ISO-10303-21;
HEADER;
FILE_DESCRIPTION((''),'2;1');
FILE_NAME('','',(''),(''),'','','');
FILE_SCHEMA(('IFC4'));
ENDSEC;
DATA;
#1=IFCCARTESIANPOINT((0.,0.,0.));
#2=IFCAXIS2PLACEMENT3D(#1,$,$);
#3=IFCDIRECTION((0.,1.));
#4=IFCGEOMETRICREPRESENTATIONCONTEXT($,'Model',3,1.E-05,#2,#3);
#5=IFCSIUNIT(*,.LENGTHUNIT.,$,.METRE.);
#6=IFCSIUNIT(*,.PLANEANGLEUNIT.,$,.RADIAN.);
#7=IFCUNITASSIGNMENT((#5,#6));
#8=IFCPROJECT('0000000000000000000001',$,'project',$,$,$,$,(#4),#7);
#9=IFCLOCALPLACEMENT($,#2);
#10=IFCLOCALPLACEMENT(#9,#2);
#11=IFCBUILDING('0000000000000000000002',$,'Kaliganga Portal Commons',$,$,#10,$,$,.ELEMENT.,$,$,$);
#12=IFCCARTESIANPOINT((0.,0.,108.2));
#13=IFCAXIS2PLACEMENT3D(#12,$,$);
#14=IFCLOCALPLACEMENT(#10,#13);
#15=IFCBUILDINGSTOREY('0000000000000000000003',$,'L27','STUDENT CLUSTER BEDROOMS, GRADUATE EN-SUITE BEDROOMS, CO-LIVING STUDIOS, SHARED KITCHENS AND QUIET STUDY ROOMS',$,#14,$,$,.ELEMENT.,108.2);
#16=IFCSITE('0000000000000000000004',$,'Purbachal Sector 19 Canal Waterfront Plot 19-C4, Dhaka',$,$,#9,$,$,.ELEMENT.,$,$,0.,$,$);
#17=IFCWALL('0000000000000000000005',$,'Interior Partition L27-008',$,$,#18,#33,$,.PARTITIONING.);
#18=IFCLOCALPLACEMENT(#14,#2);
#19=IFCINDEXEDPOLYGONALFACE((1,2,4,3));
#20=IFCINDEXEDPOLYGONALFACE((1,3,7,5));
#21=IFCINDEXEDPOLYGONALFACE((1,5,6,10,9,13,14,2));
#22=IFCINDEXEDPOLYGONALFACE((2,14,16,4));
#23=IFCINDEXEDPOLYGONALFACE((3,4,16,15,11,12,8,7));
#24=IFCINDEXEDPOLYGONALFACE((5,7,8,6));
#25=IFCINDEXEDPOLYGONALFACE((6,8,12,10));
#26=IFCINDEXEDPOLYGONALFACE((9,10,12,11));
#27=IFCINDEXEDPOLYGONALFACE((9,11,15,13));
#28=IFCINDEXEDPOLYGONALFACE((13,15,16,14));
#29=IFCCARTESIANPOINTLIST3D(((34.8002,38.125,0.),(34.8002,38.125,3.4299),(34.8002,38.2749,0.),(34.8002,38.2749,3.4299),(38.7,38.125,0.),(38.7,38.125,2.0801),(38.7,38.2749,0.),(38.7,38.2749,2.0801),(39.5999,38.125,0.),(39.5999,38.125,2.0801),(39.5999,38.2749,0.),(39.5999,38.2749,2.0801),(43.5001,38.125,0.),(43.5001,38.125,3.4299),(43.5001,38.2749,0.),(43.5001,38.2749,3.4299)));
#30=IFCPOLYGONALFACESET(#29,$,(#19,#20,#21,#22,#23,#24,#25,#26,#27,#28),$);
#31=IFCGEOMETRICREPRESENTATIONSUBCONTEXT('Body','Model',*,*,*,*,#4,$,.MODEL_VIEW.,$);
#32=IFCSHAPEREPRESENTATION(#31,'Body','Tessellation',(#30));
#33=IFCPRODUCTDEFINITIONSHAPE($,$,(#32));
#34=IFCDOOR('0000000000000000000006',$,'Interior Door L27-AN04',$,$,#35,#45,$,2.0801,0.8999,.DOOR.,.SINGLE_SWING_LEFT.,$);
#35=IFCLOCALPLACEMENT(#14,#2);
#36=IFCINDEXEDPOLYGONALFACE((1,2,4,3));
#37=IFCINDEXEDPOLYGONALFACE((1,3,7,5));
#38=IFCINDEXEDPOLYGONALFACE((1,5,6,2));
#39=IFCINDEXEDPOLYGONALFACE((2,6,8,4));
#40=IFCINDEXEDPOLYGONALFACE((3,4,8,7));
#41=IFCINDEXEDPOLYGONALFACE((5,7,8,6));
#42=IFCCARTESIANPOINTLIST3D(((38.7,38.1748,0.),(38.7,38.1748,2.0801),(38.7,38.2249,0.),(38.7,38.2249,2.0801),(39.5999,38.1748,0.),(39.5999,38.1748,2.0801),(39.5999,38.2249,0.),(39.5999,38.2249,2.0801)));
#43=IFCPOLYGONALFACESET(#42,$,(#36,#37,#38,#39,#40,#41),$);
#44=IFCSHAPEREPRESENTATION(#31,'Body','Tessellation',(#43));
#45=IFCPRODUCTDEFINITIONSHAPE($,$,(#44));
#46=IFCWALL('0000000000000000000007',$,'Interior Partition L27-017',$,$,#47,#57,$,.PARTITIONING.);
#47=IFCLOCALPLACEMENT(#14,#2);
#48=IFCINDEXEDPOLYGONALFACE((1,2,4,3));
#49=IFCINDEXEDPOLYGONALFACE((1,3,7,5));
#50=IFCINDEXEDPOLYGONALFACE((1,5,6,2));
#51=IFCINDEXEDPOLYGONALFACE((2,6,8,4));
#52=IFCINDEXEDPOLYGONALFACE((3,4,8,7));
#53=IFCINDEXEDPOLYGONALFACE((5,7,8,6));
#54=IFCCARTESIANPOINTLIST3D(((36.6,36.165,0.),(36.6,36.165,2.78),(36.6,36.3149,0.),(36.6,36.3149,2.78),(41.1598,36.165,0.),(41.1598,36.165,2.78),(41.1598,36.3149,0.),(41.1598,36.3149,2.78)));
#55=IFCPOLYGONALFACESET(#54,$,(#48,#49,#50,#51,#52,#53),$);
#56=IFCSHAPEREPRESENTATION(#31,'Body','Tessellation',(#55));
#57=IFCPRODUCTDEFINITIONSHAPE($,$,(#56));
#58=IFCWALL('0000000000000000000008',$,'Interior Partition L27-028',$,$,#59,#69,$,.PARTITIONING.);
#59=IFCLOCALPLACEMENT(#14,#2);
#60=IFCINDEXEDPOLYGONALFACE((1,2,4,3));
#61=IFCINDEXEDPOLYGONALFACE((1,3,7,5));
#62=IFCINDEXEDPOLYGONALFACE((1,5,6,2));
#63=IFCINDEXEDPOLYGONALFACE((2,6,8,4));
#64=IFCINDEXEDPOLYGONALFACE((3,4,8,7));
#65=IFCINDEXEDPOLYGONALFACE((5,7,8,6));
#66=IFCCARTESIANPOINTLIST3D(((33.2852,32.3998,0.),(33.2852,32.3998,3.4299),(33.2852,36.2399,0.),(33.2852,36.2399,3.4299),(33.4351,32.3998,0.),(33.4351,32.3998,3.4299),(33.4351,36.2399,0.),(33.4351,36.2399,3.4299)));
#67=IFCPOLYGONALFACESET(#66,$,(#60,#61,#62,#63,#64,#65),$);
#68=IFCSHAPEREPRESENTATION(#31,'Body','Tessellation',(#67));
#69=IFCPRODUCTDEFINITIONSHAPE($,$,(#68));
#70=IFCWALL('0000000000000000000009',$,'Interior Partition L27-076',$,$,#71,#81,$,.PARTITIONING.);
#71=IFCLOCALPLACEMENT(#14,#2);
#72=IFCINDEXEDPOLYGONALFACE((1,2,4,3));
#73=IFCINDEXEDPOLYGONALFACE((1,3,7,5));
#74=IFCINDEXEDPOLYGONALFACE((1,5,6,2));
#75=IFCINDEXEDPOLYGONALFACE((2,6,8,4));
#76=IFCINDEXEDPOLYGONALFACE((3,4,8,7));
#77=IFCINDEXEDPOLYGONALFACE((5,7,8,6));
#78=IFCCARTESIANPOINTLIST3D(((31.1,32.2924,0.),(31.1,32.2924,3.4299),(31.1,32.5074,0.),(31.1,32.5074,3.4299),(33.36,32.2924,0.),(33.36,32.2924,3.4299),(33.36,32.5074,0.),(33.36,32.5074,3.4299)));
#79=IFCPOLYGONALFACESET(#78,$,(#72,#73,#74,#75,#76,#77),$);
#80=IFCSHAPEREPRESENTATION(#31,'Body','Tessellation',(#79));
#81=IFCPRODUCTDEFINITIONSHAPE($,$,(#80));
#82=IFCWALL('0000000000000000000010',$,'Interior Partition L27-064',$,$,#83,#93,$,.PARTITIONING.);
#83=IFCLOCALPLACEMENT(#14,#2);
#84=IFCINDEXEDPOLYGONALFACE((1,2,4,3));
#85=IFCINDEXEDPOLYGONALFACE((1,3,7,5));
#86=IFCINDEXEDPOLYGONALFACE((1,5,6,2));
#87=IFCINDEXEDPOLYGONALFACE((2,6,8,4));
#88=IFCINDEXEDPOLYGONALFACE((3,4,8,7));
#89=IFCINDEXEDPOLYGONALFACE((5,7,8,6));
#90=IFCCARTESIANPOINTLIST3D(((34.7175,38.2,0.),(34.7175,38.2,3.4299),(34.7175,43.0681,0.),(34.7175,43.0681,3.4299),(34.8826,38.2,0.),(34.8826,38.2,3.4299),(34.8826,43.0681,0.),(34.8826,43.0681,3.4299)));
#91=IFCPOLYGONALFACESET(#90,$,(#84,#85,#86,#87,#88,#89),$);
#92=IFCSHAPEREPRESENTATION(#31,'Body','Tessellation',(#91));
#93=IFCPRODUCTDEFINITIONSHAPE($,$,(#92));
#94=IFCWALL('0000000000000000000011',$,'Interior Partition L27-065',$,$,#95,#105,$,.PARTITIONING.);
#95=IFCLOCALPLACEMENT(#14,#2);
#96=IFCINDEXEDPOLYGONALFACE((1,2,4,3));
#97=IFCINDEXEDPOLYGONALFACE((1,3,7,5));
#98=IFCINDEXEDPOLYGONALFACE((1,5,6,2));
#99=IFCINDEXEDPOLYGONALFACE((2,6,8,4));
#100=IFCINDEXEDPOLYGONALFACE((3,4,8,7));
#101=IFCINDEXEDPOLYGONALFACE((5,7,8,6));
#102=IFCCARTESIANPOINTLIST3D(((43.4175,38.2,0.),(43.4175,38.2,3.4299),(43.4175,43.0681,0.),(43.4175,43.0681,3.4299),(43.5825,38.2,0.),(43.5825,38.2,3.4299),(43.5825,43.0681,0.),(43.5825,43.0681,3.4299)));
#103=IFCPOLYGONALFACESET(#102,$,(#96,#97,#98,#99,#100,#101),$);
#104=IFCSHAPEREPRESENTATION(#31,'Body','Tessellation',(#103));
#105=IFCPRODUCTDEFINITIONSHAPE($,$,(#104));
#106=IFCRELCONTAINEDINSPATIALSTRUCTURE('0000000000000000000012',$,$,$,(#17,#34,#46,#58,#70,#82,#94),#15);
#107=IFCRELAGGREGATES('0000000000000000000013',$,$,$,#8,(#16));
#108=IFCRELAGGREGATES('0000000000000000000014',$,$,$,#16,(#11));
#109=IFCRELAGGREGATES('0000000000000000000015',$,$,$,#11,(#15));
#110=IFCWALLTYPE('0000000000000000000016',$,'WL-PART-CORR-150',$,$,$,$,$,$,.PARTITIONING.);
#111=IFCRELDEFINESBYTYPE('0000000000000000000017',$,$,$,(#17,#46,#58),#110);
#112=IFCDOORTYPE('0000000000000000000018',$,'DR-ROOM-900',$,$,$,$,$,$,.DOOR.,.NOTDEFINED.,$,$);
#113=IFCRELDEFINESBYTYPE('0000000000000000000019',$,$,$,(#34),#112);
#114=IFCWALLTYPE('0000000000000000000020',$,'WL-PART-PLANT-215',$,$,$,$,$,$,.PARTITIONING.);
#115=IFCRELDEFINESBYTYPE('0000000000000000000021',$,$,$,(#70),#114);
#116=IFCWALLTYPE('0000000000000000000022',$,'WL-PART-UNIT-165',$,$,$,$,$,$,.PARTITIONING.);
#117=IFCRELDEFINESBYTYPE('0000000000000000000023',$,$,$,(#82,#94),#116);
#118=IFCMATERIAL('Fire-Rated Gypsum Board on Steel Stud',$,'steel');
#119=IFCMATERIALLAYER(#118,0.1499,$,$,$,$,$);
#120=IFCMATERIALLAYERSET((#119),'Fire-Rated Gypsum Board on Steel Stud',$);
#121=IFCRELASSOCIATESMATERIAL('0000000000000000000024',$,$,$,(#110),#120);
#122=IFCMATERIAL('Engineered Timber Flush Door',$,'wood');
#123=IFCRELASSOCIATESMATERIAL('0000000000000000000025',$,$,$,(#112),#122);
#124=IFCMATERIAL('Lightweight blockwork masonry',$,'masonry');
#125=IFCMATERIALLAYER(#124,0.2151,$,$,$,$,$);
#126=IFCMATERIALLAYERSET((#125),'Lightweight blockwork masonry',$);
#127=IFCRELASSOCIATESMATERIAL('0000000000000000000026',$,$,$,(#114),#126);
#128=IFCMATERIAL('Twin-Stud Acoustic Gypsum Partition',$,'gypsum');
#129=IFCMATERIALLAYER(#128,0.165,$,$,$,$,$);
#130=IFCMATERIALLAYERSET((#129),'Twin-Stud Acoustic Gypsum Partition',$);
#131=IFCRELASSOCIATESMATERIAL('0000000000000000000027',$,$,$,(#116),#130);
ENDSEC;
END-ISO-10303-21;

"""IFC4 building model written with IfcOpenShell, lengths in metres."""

from ifc_helpers import new_model, si_unit, direction, frame, frame_2d, origin, place, context, subcontext, project, spatial, rectangle, extrude, material, layer, layer_set, type_object, element, fill, save


model = new_model("IFC4")

# Units and contexts
model_context = context("Model", 3, precision=1e-05, world=origin(), true_north=direction((0.0, 1.0)))
body_context = subcontext(model_context, "Body", "Model", "MODEL_VIEW")
ifc_project = project(units=[si_unit("LENGTHUNIT", "METRE"), si_unit("PLANEANGLEUNIT", "RADIAN")], contexts=[model_context])

# Site, building, storey
site_placement = place(None, origin())
site = spatial("IfcSite", under=ifc_project, at=site_placement, Name="Purbachal Sector 19 Canal Waterfront Plot 19-C4, Dhaka", CompositionType="ELEMENT", RefElevation=0.0)
building_placement = place(site_placement, origin())
building = spatial("IfcBuilding", under=site, at=building_placement, Name="Kaliganga Portal Commons", CompositionType="ELEMENT")
storey_placement = place(building_placement, frame((0.0, 0.0, 108.2)))
storey = spatial("IfcBuildingStorey", under=building, at=storey_placement, Name="L27", Description="STUDENT CLUSTER BEDROOMS, GRADUATE EN-SUITE BEDROOMS, CO-LIVING STUDIOS, SHARED KITCHENS AND QUIET STUDY ROOMS", CompositionType="ELEMENT", Elevation=108.2)

# Wall, opening, door
ifc_material_1 = material(Name="Fire-Rated Gypsum Board on Steel Stud", Category="steel")
ifc_layer_1 = layer(ifc_material_1, 0.1499)
ifc_layer_set_1 = layer_set([ifc_layer_1], Name="Fire-Rated Gypsum Board on Steel Stud")
wall_type_1 = type_object("IfcWallType", Name="WL-PART-CORR-150", PredefinedType="PARTITIONING", material=ifc_layer_set_1)
wall_1_placement = place(storey_placement, frame((34.8, 38.2, 0.0), z_axis=(0.0, 0.0, 1.0), x_axis=(1.0, 0.0, 0.0)))
wall_1 = element("IfcWall", 1, at=wall_1_placement, inside=storey, type_object=wall_type_1, Name="Interior Partition L27-008", PredefinedType="PARTITIONING", context=body_context, shape_type="SweptSolid", body=[
    extrude(rectangle(XDim=8.7, YDim=0.1499, at=frame_2d((4.3501, 0.0))), origin(), (0.0, 0.0, 1.0), 3.4299),
])
opening_1_placement = place(wall_1_placement, frame((3.8999, 0.0, 0.0)))
opening_1 = element("IfcOpeningElement", 2, at=opening_1_placement, cuts=wall_1, PredefinedType="OPENING", context=body_context, shape_type="SweptSolid", body=[
    extrude(rectangle(XDim=0.8999, YDim=2.0801, at=frame_2d((0.45, 1.04))), frame((0.0, 0.085, 0.0), z_axis=(0.0, -1.0, 0.0), x_axis=(1.0, 0.0, 0.0)), (0.0, 0.0, 1.0), 0.1699),
])
ifc_material_2 = material(Name="Engineered Timber Flush Door", Category="wood")
door_type_1 = type_object("IfcDoorType", Name="DR-ROOM-900", OperationType="NOTDEFINED", PredefinedType="DOOR", material=ifc_material_2)
door_1_placement = place(opening_1_placement, origin())
door_1 = element("IfcDoor", 3, at=door_1_placement, inside=storey, type_object=door_type_1, Name="Interior Door L27-AN04", OperationType="SINGLE_SWING_LEFT", OverallHeight=2.0801, OverallWidth=0.8999, PredefinedType="DOOR", context=body_context, shape_type="SweptSolid", body=[
    extrude(rectangle(XDim=0.8999, YDim=2.0801, at=frame_2d((0.45, 1.04))), frame((0.0, 0.0249, 0.0), z_axis=(0.0, -1.0, 0.0), x_axis=(1.0, 0.0, 0.0)), (0.0, 0.0, 1.0), 0.05),
])
fill(opening_1, door_1)

# Wall
wall_2_placement = place(storey_placement, frame((36.6001, 36.24, 0.0), z_axis=(0.0, 0.0, 1.0), x_axis=(1.0, 0.0, 0.0)))
element("IfcWall", 4, at=wall_2_placement, inside=storey, type_object=wall_type_1, Name="Interior Partition L27-017", PredefinedType="PARTITIONING", context=body_context, shape_type="SweptSolid", body=[
    extrude(rectangle(XDim=4.5598, YDim=0.1499, at=frame_2d((2.2798, 0.0))), origin(), (0.0, 0.0, 1.0), 2.78),
])

# Walls
wall_3_placement = place(storey_placement, frame((33.3601, 32.3999, 0.0), z_axis=(0.0, 0.0, 1.0), x_axis=(0.0, 1.0, 0.0)))
element("IfcWall", 5, at=wall_3_placement, inside=storey, type_object=wall_type_1, Name="Interior Partition L27-028", PredefinedType="PARTITIONING", context=body_context, shape_type="SweptSolid", body=[
    extrude(rectangle(XDim=3.8401, YDim=0.1499, at=frame_2d((1.9199, 0.0))), origin(), (0.0, 0.0, 1.0), 3.4299),
])
ifc_material_3 = material(Name="Lightweight blockwork masonry", Category="masonry")
ifc_layer_2 = layer(ifc_material_3, 0.2151)
ifc_layer_set_2 = layer_set([ifc_layer_2], Name="Lightweight blockwork masonry")
wall_type_2 = type_object("IfcWallType", Name="WL-PART-PLANT-215", PredefinedType="PARTITIONING", material=ifc_layer_set_2)
wall_4_placement = place(storey_placement, frame((31.1001, 32.3999, 0.0), z_axis=(0.0, 0.0, 1.0), x_axis=(1.0, 0.0, 0.0)))
element("IfcWall", 6, at=wall_4_placement, inside=storey, type_object=wall_type_2, Name="Interior Partition L27-076", PredefinedType="PARTITIONING", context=body_context, shape_type="SweptSolid", body=[
    extrude(rectangle(XDim=2.26, YDim=0.2151, at=frame_2d((1.1299, 0.0))), origin(), (0.0, 0.0, 1.0), 3.4299),
])
ifc_material_4 = material(Name="Twin-Stud Acoustic Gypsum Partition", Category="gypsum")
ifc_layer_3 = layer(ifc_material_4, 0.165)
ifc_layer_set_3 = layer_set([ifc_layer_3], Name="Twin-Stud Acoustic Gypsum Partition")
wall_type_3 = type_object("IfcWallType", Name="WL-PART-UNIT-165", PredefinedType="PARTITIONING", material=ifc_layer_set_3)
for number, where, z_axis, x_axis, name in (
    (7, (34.8, 38.2, 0.0), (0.0, 0.0, 1.0), (0.0, 1.0, 0.0), "Interior Partition L27-064"),
    (8, (43.5, 38.2, 0.0), (0.0, 0.0, 1.0), (0.0, 1.0, 0.0), "Interior Partition L27-065"),
):
    element("IfcWall", number, at=place(storey_placement, frame(where, z_axis=z_axis, x_axis=x_axis)), inside=storey, type_object=wall_type_3, Name=name, PredefinedType="PARTITIONING", context=body_context, shape_type="SweptSolid", body=[
        extrude(rectangle(XDim=4.8682, YDim=0.165, at=frame_2d((2.4341, 0.0))), origin(), (0.0, 0.0, 1.0), 3.4299),
    ])

save(model, "model.ifc")
